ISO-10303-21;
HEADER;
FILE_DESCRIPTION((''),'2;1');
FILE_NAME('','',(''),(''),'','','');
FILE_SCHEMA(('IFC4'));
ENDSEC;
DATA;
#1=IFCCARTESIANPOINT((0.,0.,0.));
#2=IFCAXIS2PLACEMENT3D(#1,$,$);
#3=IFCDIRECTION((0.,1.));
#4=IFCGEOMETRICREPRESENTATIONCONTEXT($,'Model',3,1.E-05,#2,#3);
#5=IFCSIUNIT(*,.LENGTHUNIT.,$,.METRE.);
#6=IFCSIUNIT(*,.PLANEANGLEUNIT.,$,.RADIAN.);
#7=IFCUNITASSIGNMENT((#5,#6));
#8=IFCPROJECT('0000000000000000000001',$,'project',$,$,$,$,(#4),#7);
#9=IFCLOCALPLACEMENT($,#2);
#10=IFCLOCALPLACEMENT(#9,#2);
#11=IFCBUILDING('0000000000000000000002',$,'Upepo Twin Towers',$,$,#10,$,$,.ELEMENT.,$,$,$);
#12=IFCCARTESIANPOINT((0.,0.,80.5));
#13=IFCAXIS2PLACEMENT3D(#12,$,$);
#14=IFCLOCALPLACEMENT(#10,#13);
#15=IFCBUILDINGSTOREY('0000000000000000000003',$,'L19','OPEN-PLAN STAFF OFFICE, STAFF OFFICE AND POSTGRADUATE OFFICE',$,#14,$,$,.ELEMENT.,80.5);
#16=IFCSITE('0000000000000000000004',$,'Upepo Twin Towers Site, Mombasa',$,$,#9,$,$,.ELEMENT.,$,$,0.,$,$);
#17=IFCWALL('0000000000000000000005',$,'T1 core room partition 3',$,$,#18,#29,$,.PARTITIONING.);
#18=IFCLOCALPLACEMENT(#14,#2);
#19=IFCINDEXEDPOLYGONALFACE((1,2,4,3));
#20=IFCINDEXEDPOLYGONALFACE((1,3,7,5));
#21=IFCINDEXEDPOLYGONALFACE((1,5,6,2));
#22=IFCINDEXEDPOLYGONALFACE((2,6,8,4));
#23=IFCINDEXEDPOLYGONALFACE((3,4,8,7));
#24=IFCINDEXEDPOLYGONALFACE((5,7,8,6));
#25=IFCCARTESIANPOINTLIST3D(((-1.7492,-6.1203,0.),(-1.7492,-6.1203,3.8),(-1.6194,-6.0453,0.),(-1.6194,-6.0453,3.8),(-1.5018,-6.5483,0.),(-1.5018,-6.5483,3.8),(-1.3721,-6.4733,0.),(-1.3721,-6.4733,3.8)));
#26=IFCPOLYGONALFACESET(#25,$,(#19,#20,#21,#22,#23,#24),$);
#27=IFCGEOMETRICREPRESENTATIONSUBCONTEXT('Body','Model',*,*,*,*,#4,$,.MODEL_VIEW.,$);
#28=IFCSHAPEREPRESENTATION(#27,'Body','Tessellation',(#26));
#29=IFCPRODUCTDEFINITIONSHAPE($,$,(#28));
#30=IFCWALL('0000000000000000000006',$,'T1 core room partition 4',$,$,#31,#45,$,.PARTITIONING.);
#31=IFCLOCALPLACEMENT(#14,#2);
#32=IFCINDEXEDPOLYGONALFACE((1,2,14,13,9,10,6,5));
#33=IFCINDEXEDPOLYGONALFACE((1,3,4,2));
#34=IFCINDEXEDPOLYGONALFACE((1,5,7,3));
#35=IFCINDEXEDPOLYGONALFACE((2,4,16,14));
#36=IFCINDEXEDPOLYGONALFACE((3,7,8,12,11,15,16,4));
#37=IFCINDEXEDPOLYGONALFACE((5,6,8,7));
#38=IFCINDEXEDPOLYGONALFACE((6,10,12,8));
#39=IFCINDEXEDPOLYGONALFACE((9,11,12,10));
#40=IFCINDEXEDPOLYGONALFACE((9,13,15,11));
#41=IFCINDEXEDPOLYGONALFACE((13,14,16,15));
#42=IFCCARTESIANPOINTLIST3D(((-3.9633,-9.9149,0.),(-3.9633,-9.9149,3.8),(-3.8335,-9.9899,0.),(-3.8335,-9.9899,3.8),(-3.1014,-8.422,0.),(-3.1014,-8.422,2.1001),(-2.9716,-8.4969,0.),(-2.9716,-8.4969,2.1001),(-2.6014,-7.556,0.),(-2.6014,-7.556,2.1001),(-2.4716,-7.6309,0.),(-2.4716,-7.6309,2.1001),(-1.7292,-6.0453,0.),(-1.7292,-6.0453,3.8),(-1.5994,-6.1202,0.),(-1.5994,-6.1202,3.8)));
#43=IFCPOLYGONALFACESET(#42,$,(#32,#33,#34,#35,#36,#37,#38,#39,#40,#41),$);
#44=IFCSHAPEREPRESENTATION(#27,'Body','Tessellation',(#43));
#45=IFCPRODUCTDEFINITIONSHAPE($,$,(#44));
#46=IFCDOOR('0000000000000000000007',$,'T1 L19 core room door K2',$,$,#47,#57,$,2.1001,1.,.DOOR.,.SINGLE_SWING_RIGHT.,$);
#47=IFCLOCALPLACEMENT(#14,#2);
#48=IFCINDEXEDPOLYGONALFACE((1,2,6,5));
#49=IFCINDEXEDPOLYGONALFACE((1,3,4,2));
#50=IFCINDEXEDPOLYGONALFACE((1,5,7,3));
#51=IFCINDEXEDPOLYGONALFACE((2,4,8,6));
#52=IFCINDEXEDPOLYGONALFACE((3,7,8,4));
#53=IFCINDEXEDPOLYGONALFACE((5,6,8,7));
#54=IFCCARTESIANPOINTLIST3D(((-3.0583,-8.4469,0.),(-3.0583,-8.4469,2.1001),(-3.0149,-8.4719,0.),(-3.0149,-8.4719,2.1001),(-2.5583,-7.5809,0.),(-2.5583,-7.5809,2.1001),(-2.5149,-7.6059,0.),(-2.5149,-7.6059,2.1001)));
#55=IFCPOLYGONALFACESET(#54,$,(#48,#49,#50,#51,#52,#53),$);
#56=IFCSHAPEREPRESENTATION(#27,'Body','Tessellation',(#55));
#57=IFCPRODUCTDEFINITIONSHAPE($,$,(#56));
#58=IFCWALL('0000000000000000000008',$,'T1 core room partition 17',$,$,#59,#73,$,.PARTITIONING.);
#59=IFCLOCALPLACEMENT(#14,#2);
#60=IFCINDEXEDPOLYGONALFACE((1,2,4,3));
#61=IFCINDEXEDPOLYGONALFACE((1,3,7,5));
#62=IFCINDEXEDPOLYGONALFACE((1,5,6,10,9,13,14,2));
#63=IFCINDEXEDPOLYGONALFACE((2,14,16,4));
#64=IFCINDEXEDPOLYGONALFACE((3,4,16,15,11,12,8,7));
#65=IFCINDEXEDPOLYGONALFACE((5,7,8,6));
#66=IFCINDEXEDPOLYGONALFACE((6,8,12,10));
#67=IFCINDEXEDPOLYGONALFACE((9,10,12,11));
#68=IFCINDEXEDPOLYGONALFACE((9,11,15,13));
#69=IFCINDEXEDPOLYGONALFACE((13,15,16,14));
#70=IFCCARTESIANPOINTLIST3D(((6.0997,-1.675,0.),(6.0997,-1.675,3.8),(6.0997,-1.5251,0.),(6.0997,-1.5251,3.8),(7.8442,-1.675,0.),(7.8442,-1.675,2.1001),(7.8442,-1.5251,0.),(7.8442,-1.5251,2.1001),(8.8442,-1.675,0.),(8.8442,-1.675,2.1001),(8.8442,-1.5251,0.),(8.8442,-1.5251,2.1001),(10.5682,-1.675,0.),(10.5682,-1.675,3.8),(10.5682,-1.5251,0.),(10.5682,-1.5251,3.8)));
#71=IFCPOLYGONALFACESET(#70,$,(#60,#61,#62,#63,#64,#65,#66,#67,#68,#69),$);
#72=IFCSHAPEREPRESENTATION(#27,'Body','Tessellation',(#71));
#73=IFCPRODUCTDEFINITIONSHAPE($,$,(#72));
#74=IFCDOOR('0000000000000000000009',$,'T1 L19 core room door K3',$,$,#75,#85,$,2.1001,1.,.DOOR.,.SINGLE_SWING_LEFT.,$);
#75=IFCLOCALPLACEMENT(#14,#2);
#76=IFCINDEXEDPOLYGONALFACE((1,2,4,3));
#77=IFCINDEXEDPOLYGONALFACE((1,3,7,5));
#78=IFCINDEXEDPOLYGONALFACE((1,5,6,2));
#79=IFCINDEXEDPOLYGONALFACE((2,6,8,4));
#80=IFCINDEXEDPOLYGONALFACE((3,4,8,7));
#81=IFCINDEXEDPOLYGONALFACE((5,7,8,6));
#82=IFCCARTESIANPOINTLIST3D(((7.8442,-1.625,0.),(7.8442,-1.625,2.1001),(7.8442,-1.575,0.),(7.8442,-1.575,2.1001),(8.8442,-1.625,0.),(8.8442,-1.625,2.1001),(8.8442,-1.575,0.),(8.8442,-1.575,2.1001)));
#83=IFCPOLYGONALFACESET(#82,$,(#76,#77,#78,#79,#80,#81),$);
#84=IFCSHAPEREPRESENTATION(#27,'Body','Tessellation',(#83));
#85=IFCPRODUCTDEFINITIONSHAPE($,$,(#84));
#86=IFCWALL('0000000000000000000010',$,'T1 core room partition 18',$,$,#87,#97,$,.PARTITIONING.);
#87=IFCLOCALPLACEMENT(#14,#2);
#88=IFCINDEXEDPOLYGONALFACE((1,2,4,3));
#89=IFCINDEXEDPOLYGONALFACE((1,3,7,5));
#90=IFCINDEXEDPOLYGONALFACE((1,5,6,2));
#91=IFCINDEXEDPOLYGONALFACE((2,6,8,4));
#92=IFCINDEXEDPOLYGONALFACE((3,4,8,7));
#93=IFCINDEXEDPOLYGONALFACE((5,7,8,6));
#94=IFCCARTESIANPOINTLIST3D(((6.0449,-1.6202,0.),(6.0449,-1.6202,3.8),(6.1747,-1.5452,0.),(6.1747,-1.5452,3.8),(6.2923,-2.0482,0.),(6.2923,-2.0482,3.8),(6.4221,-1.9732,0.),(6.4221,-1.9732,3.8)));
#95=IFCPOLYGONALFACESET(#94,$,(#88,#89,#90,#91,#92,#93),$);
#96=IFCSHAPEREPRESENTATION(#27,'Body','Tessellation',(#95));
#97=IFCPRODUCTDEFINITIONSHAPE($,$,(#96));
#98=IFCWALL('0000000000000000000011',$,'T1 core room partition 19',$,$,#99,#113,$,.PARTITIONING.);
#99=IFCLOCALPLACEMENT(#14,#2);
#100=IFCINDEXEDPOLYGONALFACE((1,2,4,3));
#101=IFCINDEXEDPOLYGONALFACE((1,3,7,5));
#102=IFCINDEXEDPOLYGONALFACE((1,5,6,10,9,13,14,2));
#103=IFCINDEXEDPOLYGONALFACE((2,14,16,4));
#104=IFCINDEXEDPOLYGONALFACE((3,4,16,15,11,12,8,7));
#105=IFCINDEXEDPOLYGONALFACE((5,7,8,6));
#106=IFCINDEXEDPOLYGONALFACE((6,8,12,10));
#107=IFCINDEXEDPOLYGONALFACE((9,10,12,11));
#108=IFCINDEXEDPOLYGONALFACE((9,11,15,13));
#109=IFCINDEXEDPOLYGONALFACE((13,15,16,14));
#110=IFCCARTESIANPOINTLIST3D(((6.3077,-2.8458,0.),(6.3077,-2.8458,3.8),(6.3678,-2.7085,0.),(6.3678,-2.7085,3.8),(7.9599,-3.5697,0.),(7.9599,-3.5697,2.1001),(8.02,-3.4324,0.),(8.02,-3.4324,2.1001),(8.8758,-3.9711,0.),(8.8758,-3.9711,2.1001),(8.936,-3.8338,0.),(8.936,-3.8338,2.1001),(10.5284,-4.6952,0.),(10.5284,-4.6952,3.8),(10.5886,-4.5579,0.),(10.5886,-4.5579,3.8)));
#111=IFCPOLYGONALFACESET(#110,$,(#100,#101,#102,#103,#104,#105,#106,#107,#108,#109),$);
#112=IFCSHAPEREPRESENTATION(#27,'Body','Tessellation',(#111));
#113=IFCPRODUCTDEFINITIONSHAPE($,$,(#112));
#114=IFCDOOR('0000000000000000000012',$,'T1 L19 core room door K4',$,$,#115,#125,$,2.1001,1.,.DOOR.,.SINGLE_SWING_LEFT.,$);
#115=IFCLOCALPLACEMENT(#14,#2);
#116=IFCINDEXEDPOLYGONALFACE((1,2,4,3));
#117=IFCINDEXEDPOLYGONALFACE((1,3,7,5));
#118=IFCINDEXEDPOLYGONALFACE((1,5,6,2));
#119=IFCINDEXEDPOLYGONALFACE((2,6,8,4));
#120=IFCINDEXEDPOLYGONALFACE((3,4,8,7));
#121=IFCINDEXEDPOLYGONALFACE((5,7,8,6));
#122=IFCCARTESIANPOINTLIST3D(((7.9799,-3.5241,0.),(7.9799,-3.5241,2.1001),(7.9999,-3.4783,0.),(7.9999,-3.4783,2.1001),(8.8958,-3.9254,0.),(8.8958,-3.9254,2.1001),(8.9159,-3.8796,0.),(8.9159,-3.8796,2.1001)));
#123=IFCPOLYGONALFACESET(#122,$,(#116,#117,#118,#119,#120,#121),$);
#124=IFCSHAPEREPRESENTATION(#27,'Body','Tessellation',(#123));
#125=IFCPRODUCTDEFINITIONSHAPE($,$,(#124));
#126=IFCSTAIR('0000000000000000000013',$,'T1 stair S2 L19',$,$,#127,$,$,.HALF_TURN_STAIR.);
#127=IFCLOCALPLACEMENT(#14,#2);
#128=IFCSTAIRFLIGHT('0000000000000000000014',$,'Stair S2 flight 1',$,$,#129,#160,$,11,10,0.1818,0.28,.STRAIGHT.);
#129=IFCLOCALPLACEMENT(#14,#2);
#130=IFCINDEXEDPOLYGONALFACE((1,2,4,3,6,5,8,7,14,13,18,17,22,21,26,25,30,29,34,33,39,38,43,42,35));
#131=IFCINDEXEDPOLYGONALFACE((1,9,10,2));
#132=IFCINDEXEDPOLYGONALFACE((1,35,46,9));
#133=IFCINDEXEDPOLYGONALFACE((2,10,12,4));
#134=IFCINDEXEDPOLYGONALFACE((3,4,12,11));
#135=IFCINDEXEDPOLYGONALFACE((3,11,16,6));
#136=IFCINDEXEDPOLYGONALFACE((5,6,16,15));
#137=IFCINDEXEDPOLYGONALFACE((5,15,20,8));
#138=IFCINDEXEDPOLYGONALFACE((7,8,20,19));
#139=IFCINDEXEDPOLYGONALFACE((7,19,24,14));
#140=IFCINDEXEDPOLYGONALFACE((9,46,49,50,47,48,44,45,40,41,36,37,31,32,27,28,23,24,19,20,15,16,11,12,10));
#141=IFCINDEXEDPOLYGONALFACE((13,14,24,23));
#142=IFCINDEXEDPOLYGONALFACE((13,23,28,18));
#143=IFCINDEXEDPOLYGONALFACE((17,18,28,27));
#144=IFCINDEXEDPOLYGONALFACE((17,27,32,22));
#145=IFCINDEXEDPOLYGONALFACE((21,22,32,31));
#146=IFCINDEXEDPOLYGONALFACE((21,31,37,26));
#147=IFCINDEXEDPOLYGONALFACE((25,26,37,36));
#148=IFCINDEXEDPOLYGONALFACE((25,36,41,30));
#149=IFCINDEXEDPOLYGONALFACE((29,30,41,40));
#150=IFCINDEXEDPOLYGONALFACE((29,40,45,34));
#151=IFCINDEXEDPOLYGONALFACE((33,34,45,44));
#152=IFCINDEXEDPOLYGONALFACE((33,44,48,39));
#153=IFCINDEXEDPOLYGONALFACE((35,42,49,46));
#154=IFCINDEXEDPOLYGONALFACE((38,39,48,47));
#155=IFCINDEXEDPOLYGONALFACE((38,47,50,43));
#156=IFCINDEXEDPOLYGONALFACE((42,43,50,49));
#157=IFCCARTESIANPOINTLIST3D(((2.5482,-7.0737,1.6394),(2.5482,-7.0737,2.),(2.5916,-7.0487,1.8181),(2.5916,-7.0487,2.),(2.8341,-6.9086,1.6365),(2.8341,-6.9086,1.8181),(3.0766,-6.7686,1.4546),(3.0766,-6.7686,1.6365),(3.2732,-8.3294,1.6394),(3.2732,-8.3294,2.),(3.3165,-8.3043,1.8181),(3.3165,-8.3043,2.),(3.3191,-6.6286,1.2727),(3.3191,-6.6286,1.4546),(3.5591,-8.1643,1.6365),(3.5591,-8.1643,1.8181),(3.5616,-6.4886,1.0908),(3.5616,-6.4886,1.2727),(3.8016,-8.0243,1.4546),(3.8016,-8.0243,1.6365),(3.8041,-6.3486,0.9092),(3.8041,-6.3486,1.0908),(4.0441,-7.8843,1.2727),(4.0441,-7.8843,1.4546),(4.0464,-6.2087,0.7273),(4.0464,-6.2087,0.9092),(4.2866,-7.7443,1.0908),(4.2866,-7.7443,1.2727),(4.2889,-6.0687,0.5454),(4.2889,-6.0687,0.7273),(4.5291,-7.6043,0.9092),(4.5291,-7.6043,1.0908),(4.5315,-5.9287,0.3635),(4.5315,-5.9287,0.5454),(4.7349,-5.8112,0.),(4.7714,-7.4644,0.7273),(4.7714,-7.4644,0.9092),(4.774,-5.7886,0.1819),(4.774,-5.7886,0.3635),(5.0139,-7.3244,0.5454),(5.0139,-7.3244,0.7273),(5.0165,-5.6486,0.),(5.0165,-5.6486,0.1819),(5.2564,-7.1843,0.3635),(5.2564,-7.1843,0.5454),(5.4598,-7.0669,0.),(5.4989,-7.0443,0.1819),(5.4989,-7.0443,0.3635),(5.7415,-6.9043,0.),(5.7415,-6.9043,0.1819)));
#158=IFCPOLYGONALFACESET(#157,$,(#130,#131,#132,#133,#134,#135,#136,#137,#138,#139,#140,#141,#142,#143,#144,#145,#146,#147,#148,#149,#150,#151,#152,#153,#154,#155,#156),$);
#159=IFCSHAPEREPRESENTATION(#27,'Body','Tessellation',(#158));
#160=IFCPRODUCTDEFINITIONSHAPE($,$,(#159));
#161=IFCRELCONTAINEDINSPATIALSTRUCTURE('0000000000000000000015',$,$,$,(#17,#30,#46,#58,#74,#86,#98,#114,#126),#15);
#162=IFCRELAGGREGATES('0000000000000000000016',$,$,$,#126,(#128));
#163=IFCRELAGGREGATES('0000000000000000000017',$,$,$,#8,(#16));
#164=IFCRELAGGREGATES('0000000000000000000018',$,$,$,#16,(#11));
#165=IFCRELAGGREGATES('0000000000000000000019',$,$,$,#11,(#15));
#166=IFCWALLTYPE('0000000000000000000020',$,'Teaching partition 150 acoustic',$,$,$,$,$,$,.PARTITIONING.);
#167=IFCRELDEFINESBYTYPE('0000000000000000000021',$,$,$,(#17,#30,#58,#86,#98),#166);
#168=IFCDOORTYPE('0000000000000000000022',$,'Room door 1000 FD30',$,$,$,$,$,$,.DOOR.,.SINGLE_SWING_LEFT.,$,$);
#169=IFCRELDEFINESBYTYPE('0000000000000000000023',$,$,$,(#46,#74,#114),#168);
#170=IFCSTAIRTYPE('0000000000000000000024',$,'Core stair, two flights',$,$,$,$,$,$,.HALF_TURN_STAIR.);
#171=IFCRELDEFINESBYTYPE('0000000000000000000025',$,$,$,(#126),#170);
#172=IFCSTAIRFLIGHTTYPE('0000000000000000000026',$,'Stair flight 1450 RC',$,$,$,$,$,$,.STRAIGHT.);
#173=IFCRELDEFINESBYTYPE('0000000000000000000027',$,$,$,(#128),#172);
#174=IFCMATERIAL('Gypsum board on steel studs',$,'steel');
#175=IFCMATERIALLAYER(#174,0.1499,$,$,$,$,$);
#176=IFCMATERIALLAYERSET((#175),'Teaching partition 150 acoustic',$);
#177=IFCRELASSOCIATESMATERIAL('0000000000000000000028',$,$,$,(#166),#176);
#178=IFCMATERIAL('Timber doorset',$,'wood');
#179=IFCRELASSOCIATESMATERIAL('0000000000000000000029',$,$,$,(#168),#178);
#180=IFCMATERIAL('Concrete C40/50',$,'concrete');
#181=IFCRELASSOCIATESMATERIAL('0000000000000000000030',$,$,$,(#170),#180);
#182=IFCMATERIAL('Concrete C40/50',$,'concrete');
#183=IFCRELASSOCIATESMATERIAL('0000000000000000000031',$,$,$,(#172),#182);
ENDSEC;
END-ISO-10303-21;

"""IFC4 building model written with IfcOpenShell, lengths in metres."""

from ifc_helpers import new_model, si_unit, direction, frame, frame_2d, origin, place, context, subcontext, project, spatial, polyline, rectangle, outline, extrude, material, layer, layer_set, type_object, element, fill, aggregate, save


model = new_model("IFC4")

# Units and contexts
model_context = context("Model", 3, precision=1e-05, world=origin(), true_north=direction((0.0, 1.0)))
body_context = subcontext(model_context, "Body", "Model", "MODEL_VIEW")
ifc_project = project(units=[si_unit("LENGTHUNIT", "METRE"), si_unit("PLANEANGLEUNIT", "RADIAN")], contexts=[model_context])

# Site, building, storey
site_placement = place(None, origin())
site = spatial("IfcSite", under=ifc_project, at=site_placement, Name="Upepo Twin Towers Site, Mombasa", CompositionType="ELEMENT", RefElevation=0.0)
building_placement = place(site_placement, origin())
building = spatial("IfcBuilding", under=site, at=building_placement, Name="Upepo Twin Towers", CompositionType="ELEMENT")
storey_placement = place(building_placement, frame((0.0, 0.0, 80.5)))
storey = spatial("IfcBuildingStorey", under=building, at=storey_placement, Name="L19", Description="OPEN-PLAN STAFF OFFICE, STAFF OFFICE AND POSTGRADUATE OFFICE", CompositionType="ELEMENT", Elevation=80.5)

# Wall
ifc_material_1 = material(Name="Gypsum board on steel studs", Category="steel")
ifc_layer_1 = layer(ifc_material_1, 0.1499)
ifc_layer_set_1 = layer_set([ifc_layer_1], Name="Teaching partition 150 acoustic")
wall_type_1 = type_object("IfcWallType", Name="Teaching partition 150 acoustic", PredefinedType="PARTITIONING", material=ifc_layer_set_1)
wall_1_placement = place(storey_placement, frame((-1.437, -6.5107, 0.0), z_axis=(0.0, 0.0, 1.0), x_axis=(-0.500335, 0.865832, 0.0)))
element("IfcWall", 1, at=wall_1_placement, inside=storey, type_object=wall_type_1, Name="T1 core room partition 3", PredefinedType="PARTITIONING", context=body_context, shape_type="SweptSolid", body=[
    extrude(rectangle(XDim=0.4944, YDim=0.1499, at=frame_2d((0.2471, 0.0))), origin(), (0.0, 0.0, 1.0), 3.8),
])

# Walls, openings, doors
wall_2_placement = place(storey_placement, frame((-1.6643, -6.0828, 0.0), z_axis=(0.0, 0.0, 1.0), x_axis=(-0.5, -0.866025, 0.0)))
wall_2 = element("IfcWall", 2, at=wall_2_placement, inside=storey, type_object=wall_type_1, Name="T1 core room partition 4", PredefinedType="PARTITIONING", context=body_context, shape_type="SweptSolid", body=[
    extrude(rectangle(XDim=4.4683, YDim=0.1499, at=frame_2d((2.2341, 0.0))), origin(), (0.0, 0.0, 1.0), 3.8),
])
opening_1_placement = place(wall_2_placement, frame((1.7444, 0.0, 0.0)))
opening_1 = element("IfcOpeningElement", 3, at=opening_1_placement, cuts=wall_2, PredefinedType="OPENING", context=body_context, shape_type="SweptSolid", body=[
    extrude(rectangle(XDim=1.0, YDim=2.1001, at=frame_2d((0.5, 1.05))), frame((0.0, 0.085, 0.0), z_axis=(0.0, -1.0, 0.0), x_axis=(1.0, 0.0, 0.0)), (0.0, 0.0, 1.0), 0.1699),
])
ifc_material_2 = material(Name="Timber doorset", Category="wood")
door_type_1 = type_object("IfcDoorType", Name="Room door 1000 FD30", OperationType="SINGLE_SWING_LEFT", PredefinedType="DOOR", material=ifc_material_2)
door_1_placement = place(opening_1_placement, origin())
door_1 = element("IfcDoor", 4, at=door_1_placement, inside=storey, type_object=door_type_1, Name="T1 L19 core room door K2", OperationType="SINGLE_SWING_RIGHT", OverallHeight=2.1001, OverallWidth=1.0, PredefinedType="DOOR", context=body_context, shape_type="SweptSolid", body=[
    extrude(rectangle(XDim=1.0, YDim=2.1001, at=frame_2d((0.5, 1.05))), frame((0.0, 0.0249, 0.0), z_axis=(0.0, -1.0, 0.0), x_axis=(1.0, 0.0, 0.0)), (0.0, 0.0, 1.0), 0.05),
])
fill(opening_1, door_1)
wall_3_placement = place(storey_placement, frame((10.5684, -1.6001, 0.0), z_axis=(0.0, 0.0, 1.0), x_axis=(-1.0, 0.0, 0.0)))
wall_3 = element("IfcWall", 5, at=wall_3_placement, inside=storey, type_object=wall_type_1, Name="T1 core room partition 17", PredefinedType="PARTITIONING", context=body_context, shape_type="SweptSolid", body=[
    extrude(rectangle(XDim=4.4685, YDim=0.1499, at=frame_2d((2.2344, 0.0))), origin(), (0.0, 0.0, 1.0), 3.8),
])
opening_2_placement = place(wall_3_placement, frame((1.7241, 0.0, 0.0)))
opening_2 = element("IfcOpeningElement", 6, at=opening_2_placement, cuts=wall_3, PredefinedType="OPENING", context=body_context, shape_type="SweptSolid", body=[
    extrude(rectangle(XDim=1.0, YDim=2.1001, at=frame_2d((0.5, 1.05))), frame((0.0, 0.085, 0.0), z_axis=(0.0, -1.0, 0.0), x_axis=(1.0, 0.0, 0.0)), (0.0, 0.0, 1.0), 0.1699),
])
door_2_placement = place(opening_2_placement, origin())
door_2 = element("IfcDoor", 7, at=door_2_placement, inside=storey, type_object=door_type_1, Name="T1 L19 core room door K3", OperationType="SINGLE_SWING_LEFT", OverallHeight=2.1001, OverallWidth=1.0, PredefinedType="DOOR", context=body_context, shape_type="SweptSolid", body=[
    extrude(rectangle(XDim=1.0, YDim=2.1001, at=frame_2d((0.5, 1.05))), frame((0.0, 0.0249, 0.0), z_axis=(0.0, -1.0, 0.0), x_axis=(1.0, 0.0, 0.0)), (0.0, 0.0, 1.0), 0.05),
])
fill(opening_2, door_2)

# Wall
wall_4_placement = place(storey_placement, frame((6.1099, -1.5828, 0.0), z_axis=(0.0, 0.0, 1.0), x_axis=(0.500335, -0.865832, 0.0)))
element("IfcWall", 8, at=wall_4_placement, inside=storey, type_object=wall_type_1, Name="T1 core room partition 18", PredefinedType="PARTITIONING", context=body_context, shape_type="SweptSolid", body=[
    extrude(rectangle(XDim=0.4944, YDim=0.1499, at=frame_2d((0.2471, 0.0))), origin(), (0.0, 0.0, 1.0), 3.8),
])

# Wall, opening, door
wall_5_placement = place(storey_placement, frame((6.3376, -2.7771, 0.0), z_axis=(0.0, 0.0, 1.0), x_axis=(0.915933, -0.40133, 0.0)))
wall_5 = element("IfcWall", 9, at=wall_5_placement, inside=storey, type_object=wall_type_1, Name="T1 core room partition 19", PredefinedType="PARTITIONING", context=body_context, shape_type="SweptSolid", body=[
    extrude(rectangle(XDim=4.6082, YDim=0.1499, at=frame_2d((2.3042, 0.0))), origin(), (0.0, 0.0, 1.0), 3.8),
])
opening_3_placement = place(wall_5_placement, frame((1.804, 0.0, 0.0)))
opening_3 = element("IfcOpeningElement", 10, at=opening_3_placement, cuts=wall_5, PredefinedType="OPENING", context=body_context, shape_type="SweptSolid", body=[
    extrude(rectangle(XDim=1.0, YDim=2.1001, at=frame_2d((0.5, 1.05))), frame((0.0, 0.085, 0.0), z_axis=(0.0, -1.0, 0.0), x_axis=(1.0, 0.0, 0.0)), (0.0, 0.0, 1.0), 0.1699),
])
door_3_placement = place(opening_3_placement, origin())
door_3 = element("IfcDoor", 11, at=door_3_placement, inside=storey, type_object=door_type_1, Name="T1 L19 core room door K4", OperationType="SINGLE_SWING_LEFT", OverallHeight=2.1001, OverallWidth=1.0, PredefinedType="DOOR", context=body_context, shape_type="SweptSolid", body=[
    extrude(rectangle(XDim=1.0, YDim=2.1001, at=frame_2d((0.5, 1.05))), frame((0.0, 0.0249, 0.0), z_axis=(0.0, -1.0, 0.0), x_axis=(1.0, 0.0, 0.0)), (0.0, 0.0, 1.0), 0.05),
])
fill(opening_3, door_3)

# Stair, stair flight
ifc_material_3 = material(Name="Concrete C40/50", Category="concrete")
stair_type = type_object("IfcStairType", Name="Core stair, two flights", PredefinedType="HALF_TURN_STAIR", material=ifc_material_3)
stair_placement = place(storey_placement, origin())
stair = element("IfcStair", 12, at=stair_placement, inside=storey, type_object=stair_type, Name="T1 stair S2 L19", PredefinedType="HALF_TURN_STAIR")
ifc_material_4 = material(Name="Concrete C40/50", Category="concrete")
stair_flight_type = type_object("IfcStairFlightType", Name="Stair flight 1450 RC", PredefinedType="STRAIGHT", material=ifc_material_4)
stair_flight_placement = place(storey_placement, frame((5.3789, -6.2764, 0.0), z_axis=(0.0, 0.0, 1.0), x_axis=(-0.866025, -0.5, 0.0)))
stair_flight = element("IfcStairFlight", 13, at=stair_flight_placement, type_object=stair_flight_type, Name="Stair S2 flight 1", NumberOfRisers=11, NumberOfTreads=10, PredefinedType="STRAIGHT", RiserHeight=0.1818, TreadLength=0.28, context=body_context, shape_type="SweptSolid", body=[
    extrude(outline(polyline([(0.0, 0.0), (0.0, 0.1819), (0.28, 0.1819), (0.28, 0.3635), (0.5601, 0.3635), (0.5601, 0.5454), (0.8401, 0.5454), (0.8401, 0.7273), (1.1201, 0.7273), (1.1201, 0.9092), (1.3999, 0.9092), (1.3999, 1.0908), (1.6799, 1.0908), (1.6799, 1.2727), (1.96, 1.2727), (1.96, 1.4546), (2.24, 1.4546), (2.24, 1.6365), (2.52, 1.6365), (2.52, 1.8181), (2.8, 1.8181), (2.8, 2.0), (2.8501, 2.0), (2.8501, 1.6394), (0.3252, 0.0), (0.0, 0.0)])), frame((0.0, 0.7251, 0.0), z_axis=(0.0, -1.0, 0.0), x_axis=(1.0, 0.0, 0.0)), (0.0, 0.0, 1.0), 1.45),
])
aggregate(stair, [stair_flight])

save(model, "model.ifc")
